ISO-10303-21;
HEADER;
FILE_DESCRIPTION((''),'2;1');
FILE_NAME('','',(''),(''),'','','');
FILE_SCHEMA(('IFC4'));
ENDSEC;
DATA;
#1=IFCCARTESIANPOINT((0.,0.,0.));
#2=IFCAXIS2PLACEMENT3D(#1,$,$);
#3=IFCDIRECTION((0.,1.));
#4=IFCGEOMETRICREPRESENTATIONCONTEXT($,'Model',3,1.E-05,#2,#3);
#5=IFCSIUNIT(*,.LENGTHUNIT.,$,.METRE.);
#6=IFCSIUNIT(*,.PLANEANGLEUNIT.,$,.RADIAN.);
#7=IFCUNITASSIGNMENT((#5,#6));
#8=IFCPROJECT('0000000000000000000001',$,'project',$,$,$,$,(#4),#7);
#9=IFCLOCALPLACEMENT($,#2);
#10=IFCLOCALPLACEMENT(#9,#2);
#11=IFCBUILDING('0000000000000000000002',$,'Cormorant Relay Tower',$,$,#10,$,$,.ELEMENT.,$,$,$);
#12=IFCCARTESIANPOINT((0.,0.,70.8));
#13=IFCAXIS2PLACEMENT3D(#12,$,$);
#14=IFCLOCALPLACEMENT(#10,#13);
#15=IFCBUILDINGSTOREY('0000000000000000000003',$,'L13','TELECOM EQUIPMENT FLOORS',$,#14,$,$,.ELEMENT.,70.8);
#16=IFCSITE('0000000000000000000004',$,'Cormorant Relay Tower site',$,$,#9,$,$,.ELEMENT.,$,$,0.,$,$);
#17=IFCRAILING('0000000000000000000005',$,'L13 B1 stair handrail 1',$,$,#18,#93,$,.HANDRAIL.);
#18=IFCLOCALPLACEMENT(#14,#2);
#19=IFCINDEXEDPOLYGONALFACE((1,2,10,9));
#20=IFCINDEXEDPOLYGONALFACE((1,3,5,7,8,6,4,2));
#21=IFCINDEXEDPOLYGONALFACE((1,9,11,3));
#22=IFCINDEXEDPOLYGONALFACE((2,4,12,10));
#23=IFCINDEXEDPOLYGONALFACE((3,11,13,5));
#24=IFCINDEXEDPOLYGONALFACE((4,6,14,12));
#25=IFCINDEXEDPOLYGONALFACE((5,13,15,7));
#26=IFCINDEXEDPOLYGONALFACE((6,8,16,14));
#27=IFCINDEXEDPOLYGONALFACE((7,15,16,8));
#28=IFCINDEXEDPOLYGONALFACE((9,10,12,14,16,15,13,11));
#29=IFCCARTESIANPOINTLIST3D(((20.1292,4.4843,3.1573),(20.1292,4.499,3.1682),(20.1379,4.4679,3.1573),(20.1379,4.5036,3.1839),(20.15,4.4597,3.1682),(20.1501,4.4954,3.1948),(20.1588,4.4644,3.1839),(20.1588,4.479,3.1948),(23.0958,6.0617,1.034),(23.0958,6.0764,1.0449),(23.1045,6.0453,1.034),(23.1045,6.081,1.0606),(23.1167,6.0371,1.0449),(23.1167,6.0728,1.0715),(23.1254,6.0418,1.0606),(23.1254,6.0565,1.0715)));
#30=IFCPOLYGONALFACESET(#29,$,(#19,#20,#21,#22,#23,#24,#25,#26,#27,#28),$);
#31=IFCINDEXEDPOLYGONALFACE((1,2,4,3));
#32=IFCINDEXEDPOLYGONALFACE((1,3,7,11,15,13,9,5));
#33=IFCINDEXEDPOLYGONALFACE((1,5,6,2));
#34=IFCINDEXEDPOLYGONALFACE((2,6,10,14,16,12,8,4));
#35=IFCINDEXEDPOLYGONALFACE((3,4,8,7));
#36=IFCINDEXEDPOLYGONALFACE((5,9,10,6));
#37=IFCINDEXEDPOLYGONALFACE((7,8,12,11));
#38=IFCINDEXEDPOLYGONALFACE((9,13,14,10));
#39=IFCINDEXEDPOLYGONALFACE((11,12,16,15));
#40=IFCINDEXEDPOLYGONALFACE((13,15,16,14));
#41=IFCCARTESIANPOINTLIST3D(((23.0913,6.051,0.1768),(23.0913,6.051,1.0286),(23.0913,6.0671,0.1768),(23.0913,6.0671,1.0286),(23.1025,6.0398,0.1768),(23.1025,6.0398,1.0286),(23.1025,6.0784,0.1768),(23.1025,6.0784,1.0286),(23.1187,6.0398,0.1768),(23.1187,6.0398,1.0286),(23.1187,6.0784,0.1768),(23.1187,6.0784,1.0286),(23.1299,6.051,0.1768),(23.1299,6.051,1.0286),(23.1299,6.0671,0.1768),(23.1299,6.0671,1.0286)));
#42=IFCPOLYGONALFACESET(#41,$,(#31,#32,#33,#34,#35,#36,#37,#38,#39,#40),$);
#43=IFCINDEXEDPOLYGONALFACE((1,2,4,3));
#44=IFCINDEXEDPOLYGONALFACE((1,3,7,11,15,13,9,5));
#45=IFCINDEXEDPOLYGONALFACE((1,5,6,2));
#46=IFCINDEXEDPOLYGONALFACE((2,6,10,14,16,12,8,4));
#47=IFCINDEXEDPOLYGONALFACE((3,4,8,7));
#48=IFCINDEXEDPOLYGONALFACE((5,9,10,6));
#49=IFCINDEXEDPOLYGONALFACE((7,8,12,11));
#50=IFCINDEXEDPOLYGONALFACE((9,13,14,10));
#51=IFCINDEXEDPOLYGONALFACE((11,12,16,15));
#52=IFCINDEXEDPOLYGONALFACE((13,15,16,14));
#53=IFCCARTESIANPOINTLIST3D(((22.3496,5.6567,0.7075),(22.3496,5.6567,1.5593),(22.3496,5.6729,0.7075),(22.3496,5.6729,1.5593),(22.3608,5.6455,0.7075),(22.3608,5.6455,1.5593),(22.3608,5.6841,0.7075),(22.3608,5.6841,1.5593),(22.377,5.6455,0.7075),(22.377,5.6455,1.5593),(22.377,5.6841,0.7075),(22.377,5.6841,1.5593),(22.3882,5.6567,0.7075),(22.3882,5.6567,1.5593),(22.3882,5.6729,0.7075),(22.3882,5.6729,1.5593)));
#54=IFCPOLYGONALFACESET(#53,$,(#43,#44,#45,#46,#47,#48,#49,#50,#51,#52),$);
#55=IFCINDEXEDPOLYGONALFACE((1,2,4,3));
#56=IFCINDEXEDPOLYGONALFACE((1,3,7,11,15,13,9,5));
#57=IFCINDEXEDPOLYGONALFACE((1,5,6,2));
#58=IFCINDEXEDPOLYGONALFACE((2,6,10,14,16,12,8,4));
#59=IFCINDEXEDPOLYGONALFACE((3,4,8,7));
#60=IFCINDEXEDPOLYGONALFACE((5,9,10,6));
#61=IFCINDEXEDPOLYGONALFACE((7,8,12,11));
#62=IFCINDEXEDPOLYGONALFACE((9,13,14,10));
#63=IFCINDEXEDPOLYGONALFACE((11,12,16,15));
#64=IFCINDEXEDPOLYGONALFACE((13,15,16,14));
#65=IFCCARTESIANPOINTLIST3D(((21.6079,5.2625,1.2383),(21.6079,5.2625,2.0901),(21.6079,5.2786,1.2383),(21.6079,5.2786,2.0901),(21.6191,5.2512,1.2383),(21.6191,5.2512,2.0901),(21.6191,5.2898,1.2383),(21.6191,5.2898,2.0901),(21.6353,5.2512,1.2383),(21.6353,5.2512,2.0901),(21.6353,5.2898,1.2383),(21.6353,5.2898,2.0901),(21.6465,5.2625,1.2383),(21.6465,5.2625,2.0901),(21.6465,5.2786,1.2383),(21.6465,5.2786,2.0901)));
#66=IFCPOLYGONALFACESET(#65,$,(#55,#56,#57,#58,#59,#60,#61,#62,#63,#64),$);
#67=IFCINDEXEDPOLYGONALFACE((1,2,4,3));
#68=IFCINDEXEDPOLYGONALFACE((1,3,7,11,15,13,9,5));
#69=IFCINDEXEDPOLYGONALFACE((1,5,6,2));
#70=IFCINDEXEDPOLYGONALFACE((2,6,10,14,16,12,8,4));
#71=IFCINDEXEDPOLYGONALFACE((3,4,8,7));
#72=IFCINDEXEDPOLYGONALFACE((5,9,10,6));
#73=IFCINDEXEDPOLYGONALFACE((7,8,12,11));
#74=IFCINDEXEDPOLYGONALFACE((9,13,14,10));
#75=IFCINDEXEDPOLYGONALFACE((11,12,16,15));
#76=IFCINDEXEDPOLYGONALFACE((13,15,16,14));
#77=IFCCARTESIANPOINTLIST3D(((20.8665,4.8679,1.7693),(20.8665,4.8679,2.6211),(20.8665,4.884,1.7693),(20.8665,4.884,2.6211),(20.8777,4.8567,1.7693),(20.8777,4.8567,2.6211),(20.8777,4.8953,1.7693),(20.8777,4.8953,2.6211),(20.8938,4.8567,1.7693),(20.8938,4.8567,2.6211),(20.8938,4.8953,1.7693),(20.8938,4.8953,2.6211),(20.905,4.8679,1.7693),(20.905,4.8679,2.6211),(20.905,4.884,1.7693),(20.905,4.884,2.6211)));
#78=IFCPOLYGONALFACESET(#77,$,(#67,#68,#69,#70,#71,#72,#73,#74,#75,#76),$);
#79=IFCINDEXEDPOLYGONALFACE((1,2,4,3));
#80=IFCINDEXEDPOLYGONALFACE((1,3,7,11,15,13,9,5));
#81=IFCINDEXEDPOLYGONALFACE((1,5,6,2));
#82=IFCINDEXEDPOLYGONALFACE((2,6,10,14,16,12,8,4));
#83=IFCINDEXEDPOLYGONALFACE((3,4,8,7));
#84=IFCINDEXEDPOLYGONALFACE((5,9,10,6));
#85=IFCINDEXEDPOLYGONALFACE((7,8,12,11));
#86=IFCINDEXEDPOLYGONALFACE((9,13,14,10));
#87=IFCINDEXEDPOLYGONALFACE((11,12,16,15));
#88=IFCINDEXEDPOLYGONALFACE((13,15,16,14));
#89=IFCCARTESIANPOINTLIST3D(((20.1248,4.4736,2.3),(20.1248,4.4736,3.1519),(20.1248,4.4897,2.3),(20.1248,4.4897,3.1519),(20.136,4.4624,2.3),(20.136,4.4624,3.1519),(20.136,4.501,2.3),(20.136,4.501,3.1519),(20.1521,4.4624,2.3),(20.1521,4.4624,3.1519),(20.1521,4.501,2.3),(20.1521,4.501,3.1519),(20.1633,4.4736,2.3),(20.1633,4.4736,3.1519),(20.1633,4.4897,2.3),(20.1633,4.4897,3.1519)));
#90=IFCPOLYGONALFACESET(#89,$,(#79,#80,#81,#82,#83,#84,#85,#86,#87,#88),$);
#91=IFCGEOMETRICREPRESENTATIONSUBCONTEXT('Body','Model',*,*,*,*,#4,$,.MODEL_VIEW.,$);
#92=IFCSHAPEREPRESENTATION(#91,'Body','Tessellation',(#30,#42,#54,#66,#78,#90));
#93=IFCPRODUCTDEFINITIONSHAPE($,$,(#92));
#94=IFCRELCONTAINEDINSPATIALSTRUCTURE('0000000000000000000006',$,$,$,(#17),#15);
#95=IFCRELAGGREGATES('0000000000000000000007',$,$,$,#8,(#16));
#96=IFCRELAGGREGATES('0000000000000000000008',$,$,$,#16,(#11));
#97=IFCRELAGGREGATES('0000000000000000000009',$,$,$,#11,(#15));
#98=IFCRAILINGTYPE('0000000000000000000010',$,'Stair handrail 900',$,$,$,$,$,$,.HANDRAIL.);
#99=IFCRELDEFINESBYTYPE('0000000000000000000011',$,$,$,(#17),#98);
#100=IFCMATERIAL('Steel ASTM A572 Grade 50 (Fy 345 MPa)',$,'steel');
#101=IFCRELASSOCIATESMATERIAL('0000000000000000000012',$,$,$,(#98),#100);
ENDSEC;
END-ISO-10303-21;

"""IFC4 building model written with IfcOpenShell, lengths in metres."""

from ifc_helpers import new_model, si_unit, direction, frame, origin, place, context, subcontext, project, spatial, polyline, outline, extrude, material, type_object, element, save


model = new_model("IFC4")

# Units and contexts
model_context = context("Model", 3, precision=1e-05, world=origin(), true_north=direction((0.0, 1.0)))
body_context = subcontext(model_context, "Body", "Model", "MODEL_VIEW")
ifc_project = project(units=[si_unit("LENGTHUNIT", "METRE"), si_unit("PLANEANGLEUNIT", "RADIAN")], contexts=[model_context])

# Site, building, storey
site_placement = place(None, origin())
site = spatial("IfcSite", under=ifc_project, at=site_placement, Name="Cormorant Relay Tower site", CompositionType="ELEMENT", RefElevation=0.0)
building_placement = place(site_placement, origin())
building = spatial("IfcBuilding", under=site, at=building_placement, Name="Cormorant Relay Tower", CompositionType="ELEMENT")
storey_placement = place(building_placement, frame((0.0, 0.0, 70.8)))
storey = spatial("IfcBuildingStorey", under=building, at=storey_placement, Name="L13", Description="TELECOM EQUIPMENT FLOORS", CompositionType="ELEMENT", Elevation=70.8)

# Railing
ifc_material_1 = material(Name="Steel ASTM A572 Grade 50 (Fy 345 MPa)", Category="steel")
railing_type = type_object("IfcRailingType", Name="Stair handrail 900", PredefinedType="HANDRAIL", material=ifc_material_1)
railing_placement = place(storey_placement, frame((23.1106, 6.0591, 0.1768)))
element("IfcRailing", 1, at=railing_placement, inside=storey, type_object=railing_type, Name="L13 B1 stair handrail 1", PredefinedType="HANDRAIL", context=body_context, shape_type="SweptSolid", body=[
    extrude(outline(polyline([(0.0222, 0.0093), (0.0093, 0.0222), (-0.0093, 0.0222), (-0.0222, 0.0093), (-0.0222, -0.0093), (-0.0093, -0.0222), (0.0093, -0.0222), (0.0222, -0.0093), (0.0222, 0.0093)])), frame((0.0, 0.0, 0.876), z_axis=(-0.746389, -0.396874, 0.534223), x_axis=(0.469483, -0.882942, 0.0)), (0.0, 0.0, 1.0), 3.9746),
    extrude(outline(polyline([(0.0193, 0.0081), (0.0081, 0.0193), (-0.0081, 0.0193), (-0.0193, 0.0081), (-0.0193, -0.0081), (-0.0081, -0.0193), (0.0081, -0.0193), (0.0193, -0.0081), (0.0193, 0.0081)])), origin(), (0.0, 0.0, 1.0), 0.8518),
    extrude(outline(polyline([(0.0193, 0.0081), (0.0081, 0.0193), (-0.0081, 0.0193), (-0.0193, 0.0081), (-0.0193, -0.0081), (-0.0081, -0.0193), (0.0081, -0.0193), (0.0193, -0.0081), (0.0193, 0.0081)])), frame((-0.7417, -0.3943, 0.5308)), (0.0, 0.0, 1.0), 0.8518),
    extrude(outline(polyline([(0.0193, 0.0081), (0.0081, 0.0193), (-0.0081, 0.0193), (-0.0193, 0.0081), (-0.0193, -0.0081), (-0.0081, -0.0193), (0.0081, -0.0193), (0.0193, -0.0081), (0.0193, 0.0081)])), frame((-1.4834, -0.7886, 1.0615)), (0.0, 0.0, 1.0), 0.8518),
    extrude(outline(polyline([(0.0193, 0.0081), (0.0081, 0.0193), (-0.0081, 0.0193), (-0.0193, 0.0081), (-0.0193, -0.0081), (-0.0081, -0.0193), (0.0081, -0.0193), (0.0193, -0.0081), (0.0193, 0.0081)])), frame((-2.2249, -1.1831, 1.5925)), (0.0, 0.0, 1.0), 0.8518),
    extrude(outline(polyline([(0.0193, 0.0081), (0.0081, 0.0193), (-0.0081, 0.0193), (-0.0193, 0.0081), (-0.0193, -0.0081), (-0.0081, -0.0193), (0.0081, -0.0193), (0.0193, -0.0081), (0.0193, 0.0081)])), frame((-2.9666, -1.5774, 2.1233)), (0.0, 0.0, 1.0), 0.8518),
])

save(model, "model.ifc")
